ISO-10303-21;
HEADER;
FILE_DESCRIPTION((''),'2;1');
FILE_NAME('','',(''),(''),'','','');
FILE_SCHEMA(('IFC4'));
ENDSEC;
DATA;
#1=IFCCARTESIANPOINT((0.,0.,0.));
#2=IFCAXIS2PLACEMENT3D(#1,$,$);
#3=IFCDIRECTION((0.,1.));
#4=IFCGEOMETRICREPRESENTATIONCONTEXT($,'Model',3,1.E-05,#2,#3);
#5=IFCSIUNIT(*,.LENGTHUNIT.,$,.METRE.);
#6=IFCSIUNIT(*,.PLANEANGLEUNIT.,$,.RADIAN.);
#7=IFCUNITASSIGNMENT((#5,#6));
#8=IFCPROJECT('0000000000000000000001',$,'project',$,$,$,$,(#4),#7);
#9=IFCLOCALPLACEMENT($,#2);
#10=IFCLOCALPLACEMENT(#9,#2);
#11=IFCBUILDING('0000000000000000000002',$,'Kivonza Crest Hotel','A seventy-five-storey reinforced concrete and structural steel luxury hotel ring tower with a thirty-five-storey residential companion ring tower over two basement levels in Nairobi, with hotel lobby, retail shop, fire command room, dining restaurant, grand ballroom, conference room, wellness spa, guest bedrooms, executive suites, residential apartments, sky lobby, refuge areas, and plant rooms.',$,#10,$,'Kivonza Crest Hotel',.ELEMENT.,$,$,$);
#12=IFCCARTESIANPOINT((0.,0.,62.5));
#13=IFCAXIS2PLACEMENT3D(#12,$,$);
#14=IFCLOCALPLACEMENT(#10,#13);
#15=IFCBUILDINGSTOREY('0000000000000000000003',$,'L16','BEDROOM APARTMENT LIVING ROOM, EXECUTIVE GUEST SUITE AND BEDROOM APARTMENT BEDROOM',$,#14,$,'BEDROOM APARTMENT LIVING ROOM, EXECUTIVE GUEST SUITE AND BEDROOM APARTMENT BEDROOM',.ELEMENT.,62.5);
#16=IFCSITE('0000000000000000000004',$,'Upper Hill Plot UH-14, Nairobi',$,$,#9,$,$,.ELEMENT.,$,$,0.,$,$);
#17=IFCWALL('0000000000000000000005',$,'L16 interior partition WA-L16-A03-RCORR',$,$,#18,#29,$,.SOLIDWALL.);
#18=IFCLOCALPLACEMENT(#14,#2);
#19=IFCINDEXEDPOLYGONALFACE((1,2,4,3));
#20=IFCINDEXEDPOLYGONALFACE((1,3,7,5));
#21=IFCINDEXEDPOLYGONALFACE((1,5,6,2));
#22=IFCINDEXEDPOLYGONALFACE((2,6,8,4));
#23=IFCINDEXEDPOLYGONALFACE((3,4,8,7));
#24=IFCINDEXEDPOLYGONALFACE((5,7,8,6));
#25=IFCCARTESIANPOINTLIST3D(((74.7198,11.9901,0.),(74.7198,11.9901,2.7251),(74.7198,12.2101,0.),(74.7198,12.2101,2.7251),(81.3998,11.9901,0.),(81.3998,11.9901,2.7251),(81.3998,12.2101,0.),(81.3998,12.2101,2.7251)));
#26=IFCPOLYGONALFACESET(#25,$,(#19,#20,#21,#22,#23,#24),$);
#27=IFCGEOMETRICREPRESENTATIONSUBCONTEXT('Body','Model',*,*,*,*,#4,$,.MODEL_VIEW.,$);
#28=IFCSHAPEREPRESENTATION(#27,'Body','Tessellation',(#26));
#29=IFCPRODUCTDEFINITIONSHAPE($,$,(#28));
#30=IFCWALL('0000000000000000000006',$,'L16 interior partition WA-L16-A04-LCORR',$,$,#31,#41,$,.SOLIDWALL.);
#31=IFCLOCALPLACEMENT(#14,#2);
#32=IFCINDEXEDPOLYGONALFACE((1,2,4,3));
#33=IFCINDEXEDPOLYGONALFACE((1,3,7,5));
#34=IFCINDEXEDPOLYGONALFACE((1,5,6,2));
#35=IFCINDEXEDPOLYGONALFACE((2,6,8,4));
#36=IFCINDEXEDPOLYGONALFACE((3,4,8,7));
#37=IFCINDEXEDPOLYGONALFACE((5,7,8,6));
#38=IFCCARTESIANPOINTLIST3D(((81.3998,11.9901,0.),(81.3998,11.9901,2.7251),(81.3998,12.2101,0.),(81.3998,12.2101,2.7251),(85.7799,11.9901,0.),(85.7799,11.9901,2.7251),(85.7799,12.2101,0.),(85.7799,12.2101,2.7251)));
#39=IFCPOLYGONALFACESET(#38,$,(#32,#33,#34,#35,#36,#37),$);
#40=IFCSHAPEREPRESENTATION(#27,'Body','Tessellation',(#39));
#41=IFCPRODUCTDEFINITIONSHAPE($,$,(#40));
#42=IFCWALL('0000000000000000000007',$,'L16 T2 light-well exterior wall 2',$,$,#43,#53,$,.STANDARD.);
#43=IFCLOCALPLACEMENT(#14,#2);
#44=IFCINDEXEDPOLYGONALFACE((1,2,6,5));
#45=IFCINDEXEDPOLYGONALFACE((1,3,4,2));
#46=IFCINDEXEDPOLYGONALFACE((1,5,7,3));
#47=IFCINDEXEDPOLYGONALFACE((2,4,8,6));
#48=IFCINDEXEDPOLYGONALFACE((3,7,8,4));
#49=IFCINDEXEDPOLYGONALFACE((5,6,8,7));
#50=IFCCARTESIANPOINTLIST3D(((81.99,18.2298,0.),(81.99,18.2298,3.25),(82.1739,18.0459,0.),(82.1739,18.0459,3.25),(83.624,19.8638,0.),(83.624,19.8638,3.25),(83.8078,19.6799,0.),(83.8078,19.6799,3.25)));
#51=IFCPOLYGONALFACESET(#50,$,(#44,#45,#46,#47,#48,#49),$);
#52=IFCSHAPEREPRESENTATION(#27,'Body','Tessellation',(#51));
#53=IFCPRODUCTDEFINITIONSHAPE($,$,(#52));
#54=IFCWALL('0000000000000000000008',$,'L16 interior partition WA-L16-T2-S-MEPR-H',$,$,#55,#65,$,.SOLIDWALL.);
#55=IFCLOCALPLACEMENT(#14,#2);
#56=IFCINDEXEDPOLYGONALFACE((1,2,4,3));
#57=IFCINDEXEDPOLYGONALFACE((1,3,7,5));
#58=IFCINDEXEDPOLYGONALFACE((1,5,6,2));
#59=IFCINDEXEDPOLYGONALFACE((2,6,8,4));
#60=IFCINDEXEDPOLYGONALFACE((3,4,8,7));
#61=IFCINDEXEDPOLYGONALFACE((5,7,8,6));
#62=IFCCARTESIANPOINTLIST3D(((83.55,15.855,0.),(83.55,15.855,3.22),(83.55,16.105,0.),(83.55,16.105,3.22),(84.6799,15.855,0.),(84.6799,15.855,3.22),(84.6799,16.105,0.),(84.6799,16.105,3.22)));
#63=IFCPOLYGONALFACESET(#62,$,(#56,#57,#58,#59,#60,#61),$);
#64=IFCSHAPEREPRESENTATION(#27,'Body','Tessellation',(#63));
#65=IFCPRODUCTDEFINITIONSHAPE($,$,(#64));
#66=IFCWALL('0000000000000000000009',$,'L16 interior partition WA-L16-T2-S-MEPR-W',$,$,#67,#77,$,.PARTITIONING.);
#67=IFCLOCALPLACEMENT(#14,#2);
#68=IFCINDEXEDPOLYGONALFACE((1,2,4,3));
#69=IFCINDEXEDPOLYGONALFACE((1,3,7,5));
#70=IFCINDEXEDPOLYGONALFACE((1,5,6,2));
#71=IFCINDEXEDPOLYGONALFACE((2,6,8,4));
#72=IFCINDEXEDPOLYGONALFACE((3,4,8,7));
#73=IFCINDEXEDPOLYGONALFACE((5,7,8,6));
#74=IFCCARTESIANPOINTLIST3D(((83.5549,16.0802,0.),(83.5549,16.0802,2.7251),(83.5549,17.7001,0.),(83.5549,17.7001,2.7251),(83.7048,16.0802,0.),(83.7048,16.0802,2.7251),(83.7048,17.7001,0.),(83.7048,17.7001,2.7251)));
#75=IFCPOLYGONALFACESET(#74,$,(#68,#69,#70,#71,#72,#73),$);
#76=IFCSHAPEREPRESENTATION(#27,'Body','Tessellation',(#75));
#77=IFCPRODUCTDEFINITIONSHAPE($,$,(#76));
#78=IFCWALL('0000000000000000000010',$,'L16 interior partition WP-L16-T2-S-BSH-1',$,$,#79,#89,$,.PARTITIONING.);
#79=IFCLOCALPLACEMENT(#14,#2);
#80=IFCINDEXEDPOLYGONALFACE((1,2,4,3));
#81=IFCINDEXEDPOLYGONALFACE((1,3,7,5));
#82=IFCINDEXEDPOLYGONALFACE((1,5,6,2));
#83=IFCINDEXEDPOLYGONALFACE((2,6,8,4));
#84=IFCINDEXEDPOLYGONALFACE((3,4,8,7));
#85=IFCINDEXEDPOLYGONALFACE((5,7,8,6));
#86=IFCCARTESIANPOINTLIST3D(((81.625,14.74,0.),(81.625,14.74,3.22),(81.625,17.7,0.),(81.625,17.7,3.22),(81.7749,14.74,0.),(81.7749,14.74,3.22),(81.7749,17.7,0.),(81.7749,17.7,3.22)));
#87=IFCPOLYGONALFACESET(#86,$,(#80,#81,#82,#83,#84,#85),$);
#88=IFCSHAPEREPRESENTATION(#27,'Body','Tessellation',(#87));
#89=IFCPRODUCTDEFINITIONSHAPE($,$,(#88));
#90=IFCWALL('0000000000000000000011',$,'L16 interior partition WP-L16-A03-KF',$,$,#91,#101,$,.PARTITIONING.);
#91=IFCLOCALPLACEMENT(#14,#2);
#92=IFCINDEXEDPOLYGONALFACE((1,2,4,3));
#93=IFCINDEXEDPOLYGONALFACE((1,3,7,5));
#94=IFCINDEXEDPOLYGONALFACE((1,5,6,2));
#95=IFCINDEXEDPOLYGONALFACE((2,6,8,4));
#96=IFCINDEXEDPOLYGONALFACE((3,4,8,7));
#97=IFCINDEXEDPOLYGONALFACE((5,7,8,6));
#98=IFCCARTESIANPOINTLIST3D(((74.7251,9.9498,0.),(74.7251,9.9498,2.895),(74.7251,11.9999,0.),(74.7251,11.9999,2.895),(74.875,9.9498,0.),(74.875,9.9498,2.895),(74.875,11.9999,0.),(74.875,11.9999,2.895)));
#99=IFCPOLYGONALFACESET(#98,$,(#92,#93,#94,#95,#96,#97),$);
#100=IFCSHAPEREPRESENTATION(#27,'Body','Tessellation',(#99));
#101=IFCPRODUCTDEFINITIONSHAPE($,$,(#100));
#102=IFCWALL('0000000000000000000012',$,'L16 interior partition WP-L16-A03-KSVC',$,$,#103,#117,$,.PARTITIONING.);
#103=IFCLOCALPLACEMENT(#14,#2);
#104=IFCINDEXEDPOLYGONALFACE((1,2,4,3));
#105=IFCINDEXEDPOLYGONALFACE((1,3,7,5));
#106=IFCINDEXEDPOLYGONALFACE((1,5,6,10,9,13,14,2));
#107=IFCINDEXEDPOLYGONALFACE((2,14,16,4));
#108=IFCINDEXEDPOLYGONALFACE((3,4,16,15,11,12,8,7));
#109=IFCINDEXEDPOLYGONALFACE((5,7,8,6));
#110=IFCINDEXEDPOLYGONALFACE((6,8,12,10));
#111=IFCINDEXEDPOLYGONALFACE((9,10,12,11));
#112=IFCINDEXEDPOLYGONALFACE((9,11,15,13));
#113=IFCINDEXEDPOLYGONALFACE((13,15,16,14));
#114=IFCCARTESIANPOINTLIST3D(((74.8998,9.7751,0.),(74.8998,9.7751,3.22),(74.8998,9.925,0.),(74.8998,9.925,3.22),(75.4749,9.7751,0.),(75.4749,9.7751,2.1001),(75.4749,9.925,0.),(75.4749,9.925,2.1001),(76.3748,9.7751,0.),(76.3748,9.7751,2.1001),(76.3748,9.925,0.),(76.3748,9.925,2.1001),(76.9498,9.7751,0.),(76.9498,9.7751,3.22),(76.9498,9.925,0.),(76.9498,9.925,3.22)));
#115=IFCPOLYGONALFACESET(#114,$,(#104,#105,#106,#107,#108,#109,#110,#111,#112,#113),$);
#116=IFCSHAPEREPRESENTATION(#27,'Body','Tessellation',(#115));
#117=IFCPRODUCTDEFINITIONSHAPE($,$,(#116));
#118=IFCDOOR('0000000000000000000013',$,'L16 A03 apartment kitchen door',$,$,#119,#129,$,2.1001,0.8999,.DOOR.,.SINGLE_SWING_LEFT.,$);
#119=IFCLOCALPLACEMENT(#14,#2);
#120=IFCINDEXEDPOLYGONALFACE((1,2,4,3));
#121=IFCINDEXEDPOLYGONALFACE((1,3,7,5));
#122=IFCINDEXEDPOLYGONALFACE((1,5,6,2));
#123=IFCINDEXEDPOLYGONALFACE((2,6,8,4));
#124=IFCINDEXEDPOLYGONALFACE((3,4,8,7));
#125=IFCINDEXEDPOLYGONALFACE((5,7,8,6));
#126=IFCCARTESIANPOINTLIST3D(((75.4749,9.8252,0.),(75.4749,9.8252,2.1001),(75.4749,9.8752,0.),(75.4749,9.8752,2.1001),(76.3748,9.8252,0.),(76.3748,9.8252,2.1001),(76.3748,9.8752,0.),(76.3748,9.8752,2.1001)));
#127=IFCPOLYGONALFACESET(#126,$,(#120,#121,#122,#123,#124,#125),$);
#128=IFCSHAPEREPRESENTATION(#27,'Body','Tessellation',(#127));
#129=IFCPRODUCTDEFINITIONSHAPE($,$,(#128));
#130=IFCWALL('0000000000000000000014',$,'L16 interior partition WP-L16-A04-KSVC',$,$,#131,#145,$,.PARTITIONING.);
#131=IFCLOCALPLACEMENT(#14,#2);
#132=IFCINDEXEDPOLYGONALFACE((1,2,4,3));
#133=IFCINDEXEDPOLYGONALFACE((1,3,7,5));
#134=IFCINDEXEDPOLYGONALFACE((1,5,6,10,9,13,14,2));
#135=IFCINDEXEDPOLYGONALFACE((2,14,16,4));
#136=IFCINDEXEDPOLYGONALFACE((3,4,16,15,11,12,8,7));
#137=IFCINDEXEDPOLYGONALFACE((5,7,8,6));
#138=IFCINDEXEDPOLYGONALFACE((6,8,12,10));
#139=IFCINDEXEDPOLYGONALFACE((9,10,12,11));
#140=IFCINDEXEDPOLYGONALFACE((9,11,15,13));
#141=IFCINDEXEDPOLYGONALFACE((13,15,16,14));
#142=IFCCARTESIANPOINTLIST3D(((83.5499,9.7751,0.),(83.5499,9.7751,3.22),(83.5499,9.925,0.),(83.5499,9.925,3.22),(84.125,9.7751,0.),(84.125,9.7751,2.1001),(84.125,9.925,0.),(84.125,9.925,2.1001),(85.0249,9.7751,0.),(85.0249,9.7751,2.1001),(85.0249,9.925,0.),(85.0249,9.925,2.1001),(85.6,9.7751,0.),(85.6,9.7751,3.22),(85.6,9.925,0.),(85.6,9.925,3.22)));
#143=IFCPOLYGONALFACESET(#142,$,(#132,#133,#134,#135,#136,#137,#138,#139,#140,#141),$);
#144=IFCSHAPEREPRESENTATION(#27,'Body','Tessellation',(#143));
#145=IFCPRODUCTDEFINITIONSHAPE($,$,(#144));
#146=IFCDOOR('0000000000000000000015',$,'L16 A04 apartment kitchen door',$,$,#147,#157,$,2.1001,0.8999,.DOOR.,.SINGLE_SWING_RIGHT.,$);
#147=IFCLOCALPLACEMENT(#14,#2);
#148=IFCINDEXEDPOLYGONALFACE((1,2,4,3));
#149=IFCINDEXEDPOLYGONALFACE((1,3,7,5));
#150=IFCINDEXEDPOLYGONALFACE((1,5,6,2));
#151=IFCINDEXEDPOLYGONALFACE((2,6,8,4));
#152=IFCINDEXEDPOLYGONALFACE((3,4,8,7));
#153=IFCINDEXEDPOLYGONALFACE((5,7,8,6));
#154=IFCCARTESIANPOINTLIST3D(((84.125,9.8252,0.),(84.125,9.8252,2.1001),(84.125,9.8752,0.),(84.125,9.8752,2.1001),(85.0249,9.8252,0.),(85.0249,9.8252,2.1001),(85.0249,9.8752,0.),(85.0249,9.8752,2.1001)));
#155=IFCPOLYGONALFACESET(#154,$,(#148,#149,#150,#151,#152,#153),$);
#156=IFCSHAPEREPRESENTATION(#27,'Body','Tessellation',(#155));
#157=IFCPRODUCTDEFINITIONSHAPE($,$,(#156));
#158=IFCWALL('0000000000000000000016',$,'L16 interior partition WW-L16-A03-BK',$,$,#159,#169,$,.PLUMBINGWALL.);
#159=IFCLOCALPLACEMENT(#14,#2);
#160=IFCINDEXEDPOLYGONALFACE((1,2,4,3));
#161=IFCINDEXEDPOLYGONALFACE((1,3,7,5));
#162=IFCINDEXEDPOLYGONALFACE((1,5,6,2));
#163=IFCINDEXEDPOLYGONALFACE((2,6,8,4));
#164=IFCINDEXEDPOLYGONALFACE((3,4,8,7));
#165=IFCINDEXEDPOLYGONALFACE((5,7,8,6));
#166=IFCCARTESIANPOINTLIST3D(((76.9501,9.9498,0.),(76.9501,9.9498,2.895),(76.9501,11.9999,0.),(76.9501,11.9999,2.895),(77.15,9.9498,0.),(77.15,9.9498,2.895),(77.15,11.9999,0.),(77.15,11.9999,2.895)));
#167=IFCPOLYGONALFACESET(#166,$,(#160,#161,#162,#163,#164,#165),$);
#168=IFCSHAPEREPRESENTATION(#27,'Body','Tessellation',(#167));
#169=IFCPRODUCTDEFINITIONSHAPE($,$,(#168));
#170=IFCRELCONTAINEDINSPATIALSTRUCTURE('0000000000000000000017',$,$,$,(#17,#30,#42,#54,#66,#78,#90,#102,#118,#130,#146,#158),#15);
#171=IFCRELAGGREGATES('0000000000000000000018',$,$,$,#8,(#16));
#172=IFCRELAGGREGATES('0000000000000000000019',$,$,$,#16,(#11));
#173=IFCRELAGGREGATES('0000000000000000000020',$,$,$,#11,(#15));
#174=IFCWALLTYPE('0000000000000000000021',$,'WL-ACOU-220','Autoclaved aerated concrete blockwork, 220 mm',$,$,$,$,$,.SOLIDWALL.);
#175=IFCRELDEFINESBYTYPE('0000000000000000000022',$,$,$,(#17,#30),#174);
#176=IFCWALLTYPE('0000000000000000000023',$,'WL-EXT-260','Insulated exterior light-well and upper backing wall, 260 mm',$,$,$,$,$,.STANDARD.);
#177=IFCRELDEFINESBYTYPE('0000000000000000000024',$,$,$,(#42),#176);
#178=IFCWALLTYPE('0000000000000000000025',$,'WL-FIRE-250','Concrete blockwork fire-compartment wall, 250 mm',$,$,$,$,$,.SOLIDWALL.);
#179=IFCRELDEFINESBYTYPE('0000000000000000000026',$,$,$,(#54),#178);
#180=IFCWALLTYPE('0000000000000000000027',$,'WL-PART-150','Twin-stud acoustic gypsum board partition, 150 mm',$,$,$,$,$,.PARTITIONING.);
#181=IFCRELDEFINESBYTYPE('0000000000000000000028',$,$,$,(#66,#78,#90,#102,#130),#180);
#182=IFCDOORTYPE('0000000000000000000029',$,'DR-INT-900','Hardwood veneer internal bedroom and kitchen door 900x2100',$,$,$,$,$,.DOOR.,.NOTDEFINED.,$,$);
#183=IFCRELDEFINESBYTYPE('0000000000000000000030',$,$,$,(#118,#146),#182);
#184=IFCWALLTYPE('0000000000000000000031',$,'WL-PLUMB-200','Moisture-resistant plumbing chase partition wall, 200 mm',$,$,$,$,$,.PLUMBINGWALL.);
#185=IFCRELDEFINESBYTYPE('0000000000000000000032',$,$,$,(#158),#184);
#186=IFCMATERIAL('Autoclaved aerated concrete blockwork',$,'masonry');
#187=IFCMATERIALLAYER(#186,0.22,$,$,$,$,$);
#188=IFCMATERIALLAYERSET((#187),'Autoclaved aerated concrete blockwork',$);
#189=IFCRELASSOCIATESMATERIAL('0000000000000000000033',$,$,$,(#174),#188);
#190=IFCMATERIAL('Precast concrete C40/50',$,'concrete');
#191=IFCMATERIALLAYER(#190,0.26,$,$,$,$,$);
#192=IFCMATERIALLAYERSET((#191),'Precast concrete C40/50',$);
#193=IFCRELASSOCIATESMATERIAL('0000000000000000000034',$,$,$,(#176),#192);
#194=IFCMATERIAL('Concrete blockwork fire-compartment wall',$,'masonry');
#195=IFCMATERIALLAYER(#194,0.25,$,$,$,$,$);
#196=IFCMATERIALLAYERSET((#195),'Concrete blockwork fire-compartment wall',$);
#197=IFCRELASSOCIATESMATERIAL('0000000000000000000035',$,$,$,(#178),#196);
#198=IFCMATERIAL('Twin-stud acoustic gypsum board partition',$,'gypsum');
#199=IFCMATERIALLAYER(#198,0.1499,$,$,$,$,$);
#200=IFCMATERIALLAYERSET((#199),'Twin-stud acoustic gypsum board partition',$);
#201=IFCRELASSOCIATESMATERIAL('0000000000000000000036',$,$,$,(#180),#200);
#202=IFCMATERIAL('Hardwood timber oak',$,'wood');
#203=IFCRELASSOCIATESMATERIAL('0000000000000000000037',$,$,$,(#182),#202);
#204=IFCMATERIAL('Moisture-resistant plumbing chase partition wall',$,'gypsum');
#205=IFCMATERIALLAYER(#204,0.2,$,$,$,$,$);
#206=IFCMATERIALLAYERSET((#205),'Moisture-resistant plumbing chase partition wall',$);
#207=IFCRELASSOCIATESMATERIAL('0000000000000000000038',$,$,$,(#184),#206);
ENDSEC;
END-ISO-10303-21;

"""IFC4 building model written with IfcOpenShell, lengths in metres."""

from ifc_helpers import new_model, si_unit, direction, frame, frame_2d, origin, place, context, subcontext, project, spatial, rectangle, extrude, material, layer, layer_set, type_object, element, fill, save


model = new_model("IFC4")

# Units and contexts
model_context = context("Model", 3, precision=1e-05, world=origin(), true_north=direction((0.0, 1.0)))
body_context = subcontext(model_context, "Body", "Model", "MODEL_VIEW")
ifc_project = project(units=[si_unit("LENGTHUNIT", "METRE"), si_unit("PLANEANGLEUNIT", "RADIAN")], contexts=[model_context])

# Site, building, storey
site_placement = place(None, origin())
site = spatial("IfcSite", under=ifc_project, at=site_placement, Name="Upper Hill Plot UH-14, Nairobi", CompositionType="ELEMENT", RefElevation=0.0)
building_placement = place(site_placement, origin())
building = spatial("IfcBuilding", under=site, at=building_placement, Name="Kivonza Crest Hotel", Description="A seventy-five-storey reinforced concrete and structural steel luxury hotel ring tower with a thirty-five-storey residential companion ring tower over two basement levels in Nairobi, with hotel lobby, retail shop, fire command room, dining restaurant, grand ballroom, conference room, wellness spa, guest bedrooms, executive suites, residential apartments, sky lobby, refuge areas, and plant rooms.", LongName="Kivonza Crest Hotel", CompositionType="ELEMENT")
storey_placement = place(building_placement, frame((0.0, 0.0, 62.5)))
storey = spatial("IfcBuildingStorey", under=building, at=storey_placement, Name="L16", Description="BEDROOM APARTMENT LIVING ROOM, EXECUTIVE GUEST SUITE AND BEDROOM APARTMENT BEDROOM", LongName="BEDROOM APARTMENT LIVING ROOM, EXECUTIVE GUEST SUITE AND BEDROOM APARTMENT BEDROOM", CompositionType="ELEMENT", Elevation=62.5)

# Walls
ifc_material_1 = material(Name="Autoclaved aerated concrete blockwork", Category="masonry")
ifc_layer_1 = layer(ifc_material_1, 0.22)
ifc_layer_set_1 = layer_set([ifc_layer_1], Name="Autoclaved aerated concrete blockwork")
wall_type_1 = type_object("IfcWallType", Name="WL-ACOU-220", Description="Autoclaved aerated concrete blockwork, 220 mm", PredefinedType="SOLIDWALL", material=ifc_layer_set_1)
wall_1_placement = place(storey_placement, frame((74.72, 12.1001, 0.0), z_axis=(0.0, 0.0, 1.0), x_axis=(1.0, 0.0, 0.0)))
element("IfcWall", 1, at=wall_1_placement, inside=storey, type_object=wall_type_1, Name="L16 interior partition WA-L16-A03-RCORR", PredefinedType="SOLIDWALL", context=body_context, shape_type="SweptSolid", body=[
    extrude(rectangle(XDim=6.6799, YDim=0.22, at=frame_2d((3.3398, 0.0))), origin(), (0.0, 0.0, 1.0), 2.7251),
])
wall_2_placement = place(storey_placement, frame((81.3999, 12.1001, 0.0), z_axis=(0.0, 0.0, 1.0), x_axis=(1.0, 0.0, 0.0)))
element("IfcWall", 2, at=wall_2_placement, inside=storey, type_object=wall_type_1, Name="L16 interior partition WA-L16-A04-LCORR", PredefinedType="SOLIDWALL", context=body_context, shape_type="SweptSolid", body=[
    extrude(rectangle(XDim=4.3801, YDim=0.22, at=frame_2d((2.1899, 0.0))), origin(), (0.0, 0.0, 1.0), 2.7251),
])
ifc_material_2 = material(Name="Precast concrete C40/50", Category="concrete")
ifc_layer_2 = layer(ifc_material_2, 0.26)
ifc_layer_set_2 = layer_set([ifc_layer_2], Name="Precast concrete C40/50")
wall_type_2 = type_object("IfcWallType", Name="WL-EXT-260", Description="Insulated exterior light-well and upper backing wall, 260 mm", PredefinedType="STANDARD", material=ifc_layer_set_2)
wall_3_placement = place(storey_placement, frame((82.082, 18.1379, 0.0), z_axis=(0.0, 0.0, 1.0), x_axis=(0.707107, 0.707107, 0.0)))
element("IfcWall", 3, at=wall_3_placement, inside=storey, type_object=wall_type_2, Name="L16 T2 light-well exterior wall 2", PredefinedType="STANDARD", context=body_context, shape_type="SweptSolid", body=[
    extrude(rectangle(XDim=2.3108, YDim=0.26, at=frame_2d((1.1553, 0.0))), origin(), (0.0, 0.0, 1.0), 3.25),
])
ifc_material_3 = material(Name="Concrete blockwork fire-compartment wall", Category="masonry")
ifc_layer_3 = layer(ifc_material_3, 0.25)
ifc_layer_set_3 = layer_set([ifc_layer_3], Name="Concrete blockwork fire-compartment wall")
wall_type_3 = type_object("IfcWallType", Name="WL-FIRE-250", Description="Concrete blockwork fire-compartment wall, 250 mm", PredefinedType="SOLIDWALL", material=ifc_layer_set_3)
wall_4_placement = place(storey_placement, frame((83.55, 15.98, 0.0), z_axis=(0.0, 0.0, 1.0), x_axis=(1.0, 0.0, 0.0)))
element("IfcWall", 4, at=wall_4_placement, inside=storey, type_object=wall_type_3, Name="L16 interior partition WA-L16-T2-S-MEPR-H", PredefinedType="SOLIDWALL", context=body_context, shape_type="SweptSolid", body=[
    extrude(rectangle(XDim=1.1299, YDim=0.25, at=frame_2d((0.5649, 0.0))), origin(), (0.0, 0.0, 1.0), 3.22),
])
ifc_material_4 = material(Name="Twin-stud acoustic gypsum board partition", Category="gypsum")
ifc_layer_4 = layer(ifc_material_4, 0.1499)
ifc_layer_set_4 = layer_set([ifc_layer_4], Name="Twin-stud acoustic gypsum board partition")
wall_type_4 = type_object("IfcWallType", Name="WL-PART-150", Description="Twin-stud acoustic gypsum board partition, 150 mm", PredefinedType="PARTITIONING", material=ifc_layer_set_4)
wall_5_placement = place(storey_placement, frame((83.6299, 16.0801, 0.0), z_axis=(0.0, 0.0, 1.0), x_axis=(0.0, 1.0, 0.0)))
element("IfcWall", 5, at=wall_5_placement, inside=storey, type_object=wall_type_4, Name="L16 interior partition WA-L16-T2-S-MEPR-W", PredefinedType="PARTITIONING", context=body_context, shape_type="SweptSolid", body=[
    extrude(rectangle(XDim=1.6199, YDim=0.1499, at=frame_2d((0.8101, 0.0))), origin(), (0.0, 0.0, 1.0), 2.7251),
])
wall_6_placement = place(storey_placement, frame((81.7, 14.74, 0.0), z_axis=(0.0, 0.0, 1.0), x_axis=(0.0, 1.0, 0.0)))
element("IfcWall", 6, at=wall_6_placement, inside=storey, type_object=wall_type_4, Name="L16 interior partition WP-L16-T2-S-BSH-1", PredefinedType="PARTITIONING", context=body_context, shape_type="SweptSolid", body=[
    extrude(rectangle(XDim=2.96, YDim=0.1499, at=frame_2d((1.48, 0.0))), origin(), (0.0, 0.0, 1.0), 3.22),
])
wall_7_placement = place(storey_placement, frame((74.8, 9.95, 0.0), z_axis=(0.0, 0.0, 1.0), x_axis=(0.0, 1.0, 0.0)))
element("IfcWall", 7, at=wall_7_placement, inside=storey, type_object=wall_type_4, Name="L16 interior partition WP-L16-A03-KF", PredefinedType="PARTITIONING", context=body_context, shape_type="SweptSolid", body=[
    extrude(rectangle(XDim=2.05, YDim=0.1499, at=frame_2d((1.0249, 0.0))), origin(), (0.0, 0.0, 1.0), 2.895),
])

# Walls, openings, doors
wall_8_placement = place(storey_placement, frame((74.8999, 9.8501, 0.0), z_axis=(0.0, 0.0, 1.0), x_axis=(1.0, 0.0, 0.0)))
wall_8 = element("IfcWall", 8, at=wall_8_placement, inside=storey, type_object=wall_type_4, Name="L16 interior partition WP-L16-A03-KSVC", PredefinedType="PARTITIONING", context=body_context, shape_type="SweptSolid", body=[
    extrude(rectangle(XDim=2.05, YDim=0.1499, at=frame_2d((1.0249, 0.0))), origin(), (0.0, 0.0, 1.0), 3.22),
])
opening_1_placement = place(wall_8_placement, frame((0.575, 0.0, 0.0)))
opening_1 = element("IfcOpeningElement", 9, at=opening_1_placement, cuts=wall_8, PredefinedType="OPENING", context=body_context, shape_type="SweptSolid", body=[
    extrude(rectangle(XDim=0.8999, YDim=2.1001, at=frame_2d((0.45, 1.05))), frame((0.0, 0.085, 0.0), z_axis=(0.0, -1.0, 0.0), x_axis=(1.0, 0.0, 0.0)), (0.0, 0.0, 1.0), 0.1699),
])
ifc_material_5 = material(Name="Hardwood timber oak", Category="wood")
door_type_1 = type_object("IfcDoorType", Name="DR-INT-900", Description="Hardwood veneer internal bedroom and kitchen door 900x2100", OperationType="NOTDEFINED", PredefinedType="DOOR", material=ifc_material_5)
door_1_placement = place(opening_1_placement, frame((0.8999, 0.0, 0.0), z_axis=(0.0, 0.0, 1.0), x_axis=(-1.0, 0.0, 0.0)))
door_1 = element("IfcDoor", 10, at=door_1_placement, inside=storey, type_object=door_type_1, Name="L16 A03 apartment kitchen door", OperationType="SINGLE_SWING_LEFT", OverallHeight=2.1001, OverallWidth=0.8999, PredefinedType="DOOR", context=body_context, shape_type="SweptSolid", body=[
    extrude(rectangle(XDim=0.8999, YDim=2.1001, at=frame_2d((0.45, 1.05))), frame((0.0, 0.0249, 0.0), z_axis=(0.0, -1.0, 0.0), x_axis=(1.0, 0.0, 0.0)), (0.0, 0.0, 1.0), 0.05),
])
fill(opening_1, door_1)
wall_9_placement = place(storey_placement, frame((83.55, 9.8501, 0.0), z_axis=(0.0, 0.0, 1.0), x_axis=(1.0, 0.0, 0.0)))
wall_9 = element("IfcWall", 11, at=wall_9_placement, inside=storey, type_object=wall_type_4, Name="L16 interior partition WP-L16-A04-KSVC", PredefinedType="PARTITIONING", context=body_context, shape_type="SweptSolid", body=[
    extrude(rectangle(XDim=2.05, YDim=0.1499, at=frame_2d((1.0249, 0.0))), origin(), (0.0, 0.0, 1.0), 3.22),
])
opening_2_placement = place(wall_9_placement, frame((0.575, 0.0, 0.0)))
opening_2 = element("IfcOpeningElement", 12, at=opening_2_placement, cuts=wall_9, PredefinedType="OPENING", context=body_context, shape_type="SweptSolid", body=[
    extrude(rectangle(XDim=0.8999, YDim=2.1001, at=frame_2d((0.45, 1.05))), frame((0.0, 0.085, 0.0), z_axis=(0.0, -1.0, 0.0), x_axis=(1.0, 0.0, 0.0)), (0.0, 0.0, 1.0), 0.1699),
])
door_2_placement = place(opening_2_placement, frame((0.8999, 0.0, 0.0), z_axis=(0.0, 0.0, 1.0), x_axis=(-1.0, 0.0, 0.0)))
door_2 = element("IfcDoor", 13, at=door_2_placement, inside=storey, type_object=door_type_1, Name="L16 A04 apartment kitchen door", OperationType="SINGLE_SWING_RIGHT", OverallHeight=2.1001, OverallWidth=0.8999, PredefinedType="DOOR", context=body_context, shape_type="SweptSolid", body=[
    extrude(rectangle(XDim=0.8999, YDim=2.1001, at=frame_2d((0.45, 1.05))), frame((0.0, 0.0249, 0.0), z_axis=(0.0, -1.0, 0.0), x_axis=(1.0, 0.0, 0.0)), (0.0, 0.0, 1.0), 0.05),
])
fill(opening_2, door_2)

# Wall
ifc_material_6 = material(Name="Moisture-resistant plumbing chase partition wall", Category="gypsum")
ifc_layer_5 = layer(ifc_material_6, 0.2)
ifc_layer_set_5 = layer_set([ifc_layer_5], Name="Moisture-resistant plumbing chase partition wall")
wall_type_5 = type_object("IfcWallType", Name="WL-PLUMB-200", Description="Moisture-resistant plumbing chase partition wall, 200 mm", PredefinedType="PLUMBINGWALL", material=ifc_layer_set_5)
wall_10_placement = place(storey_placement, frame((77.05, 9.95, 0.0), z_axis=(0.0, 0.0, 1.0), x_axis=(0.0, 1.0, 0.0)))
element("IfcWall", 14, at=wall_10_placement, inside=storey, type_object=wall_type_5, Name="L16 interior partition WW-L16-A03-BK", PredefinedType="PLUMBINGWALL", context=body_context, shape_type="SweptSolid", body=[
    extrude(rectangle(XDim=2.05, YDim=0.2, at=frame_2d((1.0249, 0.0))), origin(), (0.0, 0.0, 1.0), 2.895),
])

save(model, "model.ifc")
